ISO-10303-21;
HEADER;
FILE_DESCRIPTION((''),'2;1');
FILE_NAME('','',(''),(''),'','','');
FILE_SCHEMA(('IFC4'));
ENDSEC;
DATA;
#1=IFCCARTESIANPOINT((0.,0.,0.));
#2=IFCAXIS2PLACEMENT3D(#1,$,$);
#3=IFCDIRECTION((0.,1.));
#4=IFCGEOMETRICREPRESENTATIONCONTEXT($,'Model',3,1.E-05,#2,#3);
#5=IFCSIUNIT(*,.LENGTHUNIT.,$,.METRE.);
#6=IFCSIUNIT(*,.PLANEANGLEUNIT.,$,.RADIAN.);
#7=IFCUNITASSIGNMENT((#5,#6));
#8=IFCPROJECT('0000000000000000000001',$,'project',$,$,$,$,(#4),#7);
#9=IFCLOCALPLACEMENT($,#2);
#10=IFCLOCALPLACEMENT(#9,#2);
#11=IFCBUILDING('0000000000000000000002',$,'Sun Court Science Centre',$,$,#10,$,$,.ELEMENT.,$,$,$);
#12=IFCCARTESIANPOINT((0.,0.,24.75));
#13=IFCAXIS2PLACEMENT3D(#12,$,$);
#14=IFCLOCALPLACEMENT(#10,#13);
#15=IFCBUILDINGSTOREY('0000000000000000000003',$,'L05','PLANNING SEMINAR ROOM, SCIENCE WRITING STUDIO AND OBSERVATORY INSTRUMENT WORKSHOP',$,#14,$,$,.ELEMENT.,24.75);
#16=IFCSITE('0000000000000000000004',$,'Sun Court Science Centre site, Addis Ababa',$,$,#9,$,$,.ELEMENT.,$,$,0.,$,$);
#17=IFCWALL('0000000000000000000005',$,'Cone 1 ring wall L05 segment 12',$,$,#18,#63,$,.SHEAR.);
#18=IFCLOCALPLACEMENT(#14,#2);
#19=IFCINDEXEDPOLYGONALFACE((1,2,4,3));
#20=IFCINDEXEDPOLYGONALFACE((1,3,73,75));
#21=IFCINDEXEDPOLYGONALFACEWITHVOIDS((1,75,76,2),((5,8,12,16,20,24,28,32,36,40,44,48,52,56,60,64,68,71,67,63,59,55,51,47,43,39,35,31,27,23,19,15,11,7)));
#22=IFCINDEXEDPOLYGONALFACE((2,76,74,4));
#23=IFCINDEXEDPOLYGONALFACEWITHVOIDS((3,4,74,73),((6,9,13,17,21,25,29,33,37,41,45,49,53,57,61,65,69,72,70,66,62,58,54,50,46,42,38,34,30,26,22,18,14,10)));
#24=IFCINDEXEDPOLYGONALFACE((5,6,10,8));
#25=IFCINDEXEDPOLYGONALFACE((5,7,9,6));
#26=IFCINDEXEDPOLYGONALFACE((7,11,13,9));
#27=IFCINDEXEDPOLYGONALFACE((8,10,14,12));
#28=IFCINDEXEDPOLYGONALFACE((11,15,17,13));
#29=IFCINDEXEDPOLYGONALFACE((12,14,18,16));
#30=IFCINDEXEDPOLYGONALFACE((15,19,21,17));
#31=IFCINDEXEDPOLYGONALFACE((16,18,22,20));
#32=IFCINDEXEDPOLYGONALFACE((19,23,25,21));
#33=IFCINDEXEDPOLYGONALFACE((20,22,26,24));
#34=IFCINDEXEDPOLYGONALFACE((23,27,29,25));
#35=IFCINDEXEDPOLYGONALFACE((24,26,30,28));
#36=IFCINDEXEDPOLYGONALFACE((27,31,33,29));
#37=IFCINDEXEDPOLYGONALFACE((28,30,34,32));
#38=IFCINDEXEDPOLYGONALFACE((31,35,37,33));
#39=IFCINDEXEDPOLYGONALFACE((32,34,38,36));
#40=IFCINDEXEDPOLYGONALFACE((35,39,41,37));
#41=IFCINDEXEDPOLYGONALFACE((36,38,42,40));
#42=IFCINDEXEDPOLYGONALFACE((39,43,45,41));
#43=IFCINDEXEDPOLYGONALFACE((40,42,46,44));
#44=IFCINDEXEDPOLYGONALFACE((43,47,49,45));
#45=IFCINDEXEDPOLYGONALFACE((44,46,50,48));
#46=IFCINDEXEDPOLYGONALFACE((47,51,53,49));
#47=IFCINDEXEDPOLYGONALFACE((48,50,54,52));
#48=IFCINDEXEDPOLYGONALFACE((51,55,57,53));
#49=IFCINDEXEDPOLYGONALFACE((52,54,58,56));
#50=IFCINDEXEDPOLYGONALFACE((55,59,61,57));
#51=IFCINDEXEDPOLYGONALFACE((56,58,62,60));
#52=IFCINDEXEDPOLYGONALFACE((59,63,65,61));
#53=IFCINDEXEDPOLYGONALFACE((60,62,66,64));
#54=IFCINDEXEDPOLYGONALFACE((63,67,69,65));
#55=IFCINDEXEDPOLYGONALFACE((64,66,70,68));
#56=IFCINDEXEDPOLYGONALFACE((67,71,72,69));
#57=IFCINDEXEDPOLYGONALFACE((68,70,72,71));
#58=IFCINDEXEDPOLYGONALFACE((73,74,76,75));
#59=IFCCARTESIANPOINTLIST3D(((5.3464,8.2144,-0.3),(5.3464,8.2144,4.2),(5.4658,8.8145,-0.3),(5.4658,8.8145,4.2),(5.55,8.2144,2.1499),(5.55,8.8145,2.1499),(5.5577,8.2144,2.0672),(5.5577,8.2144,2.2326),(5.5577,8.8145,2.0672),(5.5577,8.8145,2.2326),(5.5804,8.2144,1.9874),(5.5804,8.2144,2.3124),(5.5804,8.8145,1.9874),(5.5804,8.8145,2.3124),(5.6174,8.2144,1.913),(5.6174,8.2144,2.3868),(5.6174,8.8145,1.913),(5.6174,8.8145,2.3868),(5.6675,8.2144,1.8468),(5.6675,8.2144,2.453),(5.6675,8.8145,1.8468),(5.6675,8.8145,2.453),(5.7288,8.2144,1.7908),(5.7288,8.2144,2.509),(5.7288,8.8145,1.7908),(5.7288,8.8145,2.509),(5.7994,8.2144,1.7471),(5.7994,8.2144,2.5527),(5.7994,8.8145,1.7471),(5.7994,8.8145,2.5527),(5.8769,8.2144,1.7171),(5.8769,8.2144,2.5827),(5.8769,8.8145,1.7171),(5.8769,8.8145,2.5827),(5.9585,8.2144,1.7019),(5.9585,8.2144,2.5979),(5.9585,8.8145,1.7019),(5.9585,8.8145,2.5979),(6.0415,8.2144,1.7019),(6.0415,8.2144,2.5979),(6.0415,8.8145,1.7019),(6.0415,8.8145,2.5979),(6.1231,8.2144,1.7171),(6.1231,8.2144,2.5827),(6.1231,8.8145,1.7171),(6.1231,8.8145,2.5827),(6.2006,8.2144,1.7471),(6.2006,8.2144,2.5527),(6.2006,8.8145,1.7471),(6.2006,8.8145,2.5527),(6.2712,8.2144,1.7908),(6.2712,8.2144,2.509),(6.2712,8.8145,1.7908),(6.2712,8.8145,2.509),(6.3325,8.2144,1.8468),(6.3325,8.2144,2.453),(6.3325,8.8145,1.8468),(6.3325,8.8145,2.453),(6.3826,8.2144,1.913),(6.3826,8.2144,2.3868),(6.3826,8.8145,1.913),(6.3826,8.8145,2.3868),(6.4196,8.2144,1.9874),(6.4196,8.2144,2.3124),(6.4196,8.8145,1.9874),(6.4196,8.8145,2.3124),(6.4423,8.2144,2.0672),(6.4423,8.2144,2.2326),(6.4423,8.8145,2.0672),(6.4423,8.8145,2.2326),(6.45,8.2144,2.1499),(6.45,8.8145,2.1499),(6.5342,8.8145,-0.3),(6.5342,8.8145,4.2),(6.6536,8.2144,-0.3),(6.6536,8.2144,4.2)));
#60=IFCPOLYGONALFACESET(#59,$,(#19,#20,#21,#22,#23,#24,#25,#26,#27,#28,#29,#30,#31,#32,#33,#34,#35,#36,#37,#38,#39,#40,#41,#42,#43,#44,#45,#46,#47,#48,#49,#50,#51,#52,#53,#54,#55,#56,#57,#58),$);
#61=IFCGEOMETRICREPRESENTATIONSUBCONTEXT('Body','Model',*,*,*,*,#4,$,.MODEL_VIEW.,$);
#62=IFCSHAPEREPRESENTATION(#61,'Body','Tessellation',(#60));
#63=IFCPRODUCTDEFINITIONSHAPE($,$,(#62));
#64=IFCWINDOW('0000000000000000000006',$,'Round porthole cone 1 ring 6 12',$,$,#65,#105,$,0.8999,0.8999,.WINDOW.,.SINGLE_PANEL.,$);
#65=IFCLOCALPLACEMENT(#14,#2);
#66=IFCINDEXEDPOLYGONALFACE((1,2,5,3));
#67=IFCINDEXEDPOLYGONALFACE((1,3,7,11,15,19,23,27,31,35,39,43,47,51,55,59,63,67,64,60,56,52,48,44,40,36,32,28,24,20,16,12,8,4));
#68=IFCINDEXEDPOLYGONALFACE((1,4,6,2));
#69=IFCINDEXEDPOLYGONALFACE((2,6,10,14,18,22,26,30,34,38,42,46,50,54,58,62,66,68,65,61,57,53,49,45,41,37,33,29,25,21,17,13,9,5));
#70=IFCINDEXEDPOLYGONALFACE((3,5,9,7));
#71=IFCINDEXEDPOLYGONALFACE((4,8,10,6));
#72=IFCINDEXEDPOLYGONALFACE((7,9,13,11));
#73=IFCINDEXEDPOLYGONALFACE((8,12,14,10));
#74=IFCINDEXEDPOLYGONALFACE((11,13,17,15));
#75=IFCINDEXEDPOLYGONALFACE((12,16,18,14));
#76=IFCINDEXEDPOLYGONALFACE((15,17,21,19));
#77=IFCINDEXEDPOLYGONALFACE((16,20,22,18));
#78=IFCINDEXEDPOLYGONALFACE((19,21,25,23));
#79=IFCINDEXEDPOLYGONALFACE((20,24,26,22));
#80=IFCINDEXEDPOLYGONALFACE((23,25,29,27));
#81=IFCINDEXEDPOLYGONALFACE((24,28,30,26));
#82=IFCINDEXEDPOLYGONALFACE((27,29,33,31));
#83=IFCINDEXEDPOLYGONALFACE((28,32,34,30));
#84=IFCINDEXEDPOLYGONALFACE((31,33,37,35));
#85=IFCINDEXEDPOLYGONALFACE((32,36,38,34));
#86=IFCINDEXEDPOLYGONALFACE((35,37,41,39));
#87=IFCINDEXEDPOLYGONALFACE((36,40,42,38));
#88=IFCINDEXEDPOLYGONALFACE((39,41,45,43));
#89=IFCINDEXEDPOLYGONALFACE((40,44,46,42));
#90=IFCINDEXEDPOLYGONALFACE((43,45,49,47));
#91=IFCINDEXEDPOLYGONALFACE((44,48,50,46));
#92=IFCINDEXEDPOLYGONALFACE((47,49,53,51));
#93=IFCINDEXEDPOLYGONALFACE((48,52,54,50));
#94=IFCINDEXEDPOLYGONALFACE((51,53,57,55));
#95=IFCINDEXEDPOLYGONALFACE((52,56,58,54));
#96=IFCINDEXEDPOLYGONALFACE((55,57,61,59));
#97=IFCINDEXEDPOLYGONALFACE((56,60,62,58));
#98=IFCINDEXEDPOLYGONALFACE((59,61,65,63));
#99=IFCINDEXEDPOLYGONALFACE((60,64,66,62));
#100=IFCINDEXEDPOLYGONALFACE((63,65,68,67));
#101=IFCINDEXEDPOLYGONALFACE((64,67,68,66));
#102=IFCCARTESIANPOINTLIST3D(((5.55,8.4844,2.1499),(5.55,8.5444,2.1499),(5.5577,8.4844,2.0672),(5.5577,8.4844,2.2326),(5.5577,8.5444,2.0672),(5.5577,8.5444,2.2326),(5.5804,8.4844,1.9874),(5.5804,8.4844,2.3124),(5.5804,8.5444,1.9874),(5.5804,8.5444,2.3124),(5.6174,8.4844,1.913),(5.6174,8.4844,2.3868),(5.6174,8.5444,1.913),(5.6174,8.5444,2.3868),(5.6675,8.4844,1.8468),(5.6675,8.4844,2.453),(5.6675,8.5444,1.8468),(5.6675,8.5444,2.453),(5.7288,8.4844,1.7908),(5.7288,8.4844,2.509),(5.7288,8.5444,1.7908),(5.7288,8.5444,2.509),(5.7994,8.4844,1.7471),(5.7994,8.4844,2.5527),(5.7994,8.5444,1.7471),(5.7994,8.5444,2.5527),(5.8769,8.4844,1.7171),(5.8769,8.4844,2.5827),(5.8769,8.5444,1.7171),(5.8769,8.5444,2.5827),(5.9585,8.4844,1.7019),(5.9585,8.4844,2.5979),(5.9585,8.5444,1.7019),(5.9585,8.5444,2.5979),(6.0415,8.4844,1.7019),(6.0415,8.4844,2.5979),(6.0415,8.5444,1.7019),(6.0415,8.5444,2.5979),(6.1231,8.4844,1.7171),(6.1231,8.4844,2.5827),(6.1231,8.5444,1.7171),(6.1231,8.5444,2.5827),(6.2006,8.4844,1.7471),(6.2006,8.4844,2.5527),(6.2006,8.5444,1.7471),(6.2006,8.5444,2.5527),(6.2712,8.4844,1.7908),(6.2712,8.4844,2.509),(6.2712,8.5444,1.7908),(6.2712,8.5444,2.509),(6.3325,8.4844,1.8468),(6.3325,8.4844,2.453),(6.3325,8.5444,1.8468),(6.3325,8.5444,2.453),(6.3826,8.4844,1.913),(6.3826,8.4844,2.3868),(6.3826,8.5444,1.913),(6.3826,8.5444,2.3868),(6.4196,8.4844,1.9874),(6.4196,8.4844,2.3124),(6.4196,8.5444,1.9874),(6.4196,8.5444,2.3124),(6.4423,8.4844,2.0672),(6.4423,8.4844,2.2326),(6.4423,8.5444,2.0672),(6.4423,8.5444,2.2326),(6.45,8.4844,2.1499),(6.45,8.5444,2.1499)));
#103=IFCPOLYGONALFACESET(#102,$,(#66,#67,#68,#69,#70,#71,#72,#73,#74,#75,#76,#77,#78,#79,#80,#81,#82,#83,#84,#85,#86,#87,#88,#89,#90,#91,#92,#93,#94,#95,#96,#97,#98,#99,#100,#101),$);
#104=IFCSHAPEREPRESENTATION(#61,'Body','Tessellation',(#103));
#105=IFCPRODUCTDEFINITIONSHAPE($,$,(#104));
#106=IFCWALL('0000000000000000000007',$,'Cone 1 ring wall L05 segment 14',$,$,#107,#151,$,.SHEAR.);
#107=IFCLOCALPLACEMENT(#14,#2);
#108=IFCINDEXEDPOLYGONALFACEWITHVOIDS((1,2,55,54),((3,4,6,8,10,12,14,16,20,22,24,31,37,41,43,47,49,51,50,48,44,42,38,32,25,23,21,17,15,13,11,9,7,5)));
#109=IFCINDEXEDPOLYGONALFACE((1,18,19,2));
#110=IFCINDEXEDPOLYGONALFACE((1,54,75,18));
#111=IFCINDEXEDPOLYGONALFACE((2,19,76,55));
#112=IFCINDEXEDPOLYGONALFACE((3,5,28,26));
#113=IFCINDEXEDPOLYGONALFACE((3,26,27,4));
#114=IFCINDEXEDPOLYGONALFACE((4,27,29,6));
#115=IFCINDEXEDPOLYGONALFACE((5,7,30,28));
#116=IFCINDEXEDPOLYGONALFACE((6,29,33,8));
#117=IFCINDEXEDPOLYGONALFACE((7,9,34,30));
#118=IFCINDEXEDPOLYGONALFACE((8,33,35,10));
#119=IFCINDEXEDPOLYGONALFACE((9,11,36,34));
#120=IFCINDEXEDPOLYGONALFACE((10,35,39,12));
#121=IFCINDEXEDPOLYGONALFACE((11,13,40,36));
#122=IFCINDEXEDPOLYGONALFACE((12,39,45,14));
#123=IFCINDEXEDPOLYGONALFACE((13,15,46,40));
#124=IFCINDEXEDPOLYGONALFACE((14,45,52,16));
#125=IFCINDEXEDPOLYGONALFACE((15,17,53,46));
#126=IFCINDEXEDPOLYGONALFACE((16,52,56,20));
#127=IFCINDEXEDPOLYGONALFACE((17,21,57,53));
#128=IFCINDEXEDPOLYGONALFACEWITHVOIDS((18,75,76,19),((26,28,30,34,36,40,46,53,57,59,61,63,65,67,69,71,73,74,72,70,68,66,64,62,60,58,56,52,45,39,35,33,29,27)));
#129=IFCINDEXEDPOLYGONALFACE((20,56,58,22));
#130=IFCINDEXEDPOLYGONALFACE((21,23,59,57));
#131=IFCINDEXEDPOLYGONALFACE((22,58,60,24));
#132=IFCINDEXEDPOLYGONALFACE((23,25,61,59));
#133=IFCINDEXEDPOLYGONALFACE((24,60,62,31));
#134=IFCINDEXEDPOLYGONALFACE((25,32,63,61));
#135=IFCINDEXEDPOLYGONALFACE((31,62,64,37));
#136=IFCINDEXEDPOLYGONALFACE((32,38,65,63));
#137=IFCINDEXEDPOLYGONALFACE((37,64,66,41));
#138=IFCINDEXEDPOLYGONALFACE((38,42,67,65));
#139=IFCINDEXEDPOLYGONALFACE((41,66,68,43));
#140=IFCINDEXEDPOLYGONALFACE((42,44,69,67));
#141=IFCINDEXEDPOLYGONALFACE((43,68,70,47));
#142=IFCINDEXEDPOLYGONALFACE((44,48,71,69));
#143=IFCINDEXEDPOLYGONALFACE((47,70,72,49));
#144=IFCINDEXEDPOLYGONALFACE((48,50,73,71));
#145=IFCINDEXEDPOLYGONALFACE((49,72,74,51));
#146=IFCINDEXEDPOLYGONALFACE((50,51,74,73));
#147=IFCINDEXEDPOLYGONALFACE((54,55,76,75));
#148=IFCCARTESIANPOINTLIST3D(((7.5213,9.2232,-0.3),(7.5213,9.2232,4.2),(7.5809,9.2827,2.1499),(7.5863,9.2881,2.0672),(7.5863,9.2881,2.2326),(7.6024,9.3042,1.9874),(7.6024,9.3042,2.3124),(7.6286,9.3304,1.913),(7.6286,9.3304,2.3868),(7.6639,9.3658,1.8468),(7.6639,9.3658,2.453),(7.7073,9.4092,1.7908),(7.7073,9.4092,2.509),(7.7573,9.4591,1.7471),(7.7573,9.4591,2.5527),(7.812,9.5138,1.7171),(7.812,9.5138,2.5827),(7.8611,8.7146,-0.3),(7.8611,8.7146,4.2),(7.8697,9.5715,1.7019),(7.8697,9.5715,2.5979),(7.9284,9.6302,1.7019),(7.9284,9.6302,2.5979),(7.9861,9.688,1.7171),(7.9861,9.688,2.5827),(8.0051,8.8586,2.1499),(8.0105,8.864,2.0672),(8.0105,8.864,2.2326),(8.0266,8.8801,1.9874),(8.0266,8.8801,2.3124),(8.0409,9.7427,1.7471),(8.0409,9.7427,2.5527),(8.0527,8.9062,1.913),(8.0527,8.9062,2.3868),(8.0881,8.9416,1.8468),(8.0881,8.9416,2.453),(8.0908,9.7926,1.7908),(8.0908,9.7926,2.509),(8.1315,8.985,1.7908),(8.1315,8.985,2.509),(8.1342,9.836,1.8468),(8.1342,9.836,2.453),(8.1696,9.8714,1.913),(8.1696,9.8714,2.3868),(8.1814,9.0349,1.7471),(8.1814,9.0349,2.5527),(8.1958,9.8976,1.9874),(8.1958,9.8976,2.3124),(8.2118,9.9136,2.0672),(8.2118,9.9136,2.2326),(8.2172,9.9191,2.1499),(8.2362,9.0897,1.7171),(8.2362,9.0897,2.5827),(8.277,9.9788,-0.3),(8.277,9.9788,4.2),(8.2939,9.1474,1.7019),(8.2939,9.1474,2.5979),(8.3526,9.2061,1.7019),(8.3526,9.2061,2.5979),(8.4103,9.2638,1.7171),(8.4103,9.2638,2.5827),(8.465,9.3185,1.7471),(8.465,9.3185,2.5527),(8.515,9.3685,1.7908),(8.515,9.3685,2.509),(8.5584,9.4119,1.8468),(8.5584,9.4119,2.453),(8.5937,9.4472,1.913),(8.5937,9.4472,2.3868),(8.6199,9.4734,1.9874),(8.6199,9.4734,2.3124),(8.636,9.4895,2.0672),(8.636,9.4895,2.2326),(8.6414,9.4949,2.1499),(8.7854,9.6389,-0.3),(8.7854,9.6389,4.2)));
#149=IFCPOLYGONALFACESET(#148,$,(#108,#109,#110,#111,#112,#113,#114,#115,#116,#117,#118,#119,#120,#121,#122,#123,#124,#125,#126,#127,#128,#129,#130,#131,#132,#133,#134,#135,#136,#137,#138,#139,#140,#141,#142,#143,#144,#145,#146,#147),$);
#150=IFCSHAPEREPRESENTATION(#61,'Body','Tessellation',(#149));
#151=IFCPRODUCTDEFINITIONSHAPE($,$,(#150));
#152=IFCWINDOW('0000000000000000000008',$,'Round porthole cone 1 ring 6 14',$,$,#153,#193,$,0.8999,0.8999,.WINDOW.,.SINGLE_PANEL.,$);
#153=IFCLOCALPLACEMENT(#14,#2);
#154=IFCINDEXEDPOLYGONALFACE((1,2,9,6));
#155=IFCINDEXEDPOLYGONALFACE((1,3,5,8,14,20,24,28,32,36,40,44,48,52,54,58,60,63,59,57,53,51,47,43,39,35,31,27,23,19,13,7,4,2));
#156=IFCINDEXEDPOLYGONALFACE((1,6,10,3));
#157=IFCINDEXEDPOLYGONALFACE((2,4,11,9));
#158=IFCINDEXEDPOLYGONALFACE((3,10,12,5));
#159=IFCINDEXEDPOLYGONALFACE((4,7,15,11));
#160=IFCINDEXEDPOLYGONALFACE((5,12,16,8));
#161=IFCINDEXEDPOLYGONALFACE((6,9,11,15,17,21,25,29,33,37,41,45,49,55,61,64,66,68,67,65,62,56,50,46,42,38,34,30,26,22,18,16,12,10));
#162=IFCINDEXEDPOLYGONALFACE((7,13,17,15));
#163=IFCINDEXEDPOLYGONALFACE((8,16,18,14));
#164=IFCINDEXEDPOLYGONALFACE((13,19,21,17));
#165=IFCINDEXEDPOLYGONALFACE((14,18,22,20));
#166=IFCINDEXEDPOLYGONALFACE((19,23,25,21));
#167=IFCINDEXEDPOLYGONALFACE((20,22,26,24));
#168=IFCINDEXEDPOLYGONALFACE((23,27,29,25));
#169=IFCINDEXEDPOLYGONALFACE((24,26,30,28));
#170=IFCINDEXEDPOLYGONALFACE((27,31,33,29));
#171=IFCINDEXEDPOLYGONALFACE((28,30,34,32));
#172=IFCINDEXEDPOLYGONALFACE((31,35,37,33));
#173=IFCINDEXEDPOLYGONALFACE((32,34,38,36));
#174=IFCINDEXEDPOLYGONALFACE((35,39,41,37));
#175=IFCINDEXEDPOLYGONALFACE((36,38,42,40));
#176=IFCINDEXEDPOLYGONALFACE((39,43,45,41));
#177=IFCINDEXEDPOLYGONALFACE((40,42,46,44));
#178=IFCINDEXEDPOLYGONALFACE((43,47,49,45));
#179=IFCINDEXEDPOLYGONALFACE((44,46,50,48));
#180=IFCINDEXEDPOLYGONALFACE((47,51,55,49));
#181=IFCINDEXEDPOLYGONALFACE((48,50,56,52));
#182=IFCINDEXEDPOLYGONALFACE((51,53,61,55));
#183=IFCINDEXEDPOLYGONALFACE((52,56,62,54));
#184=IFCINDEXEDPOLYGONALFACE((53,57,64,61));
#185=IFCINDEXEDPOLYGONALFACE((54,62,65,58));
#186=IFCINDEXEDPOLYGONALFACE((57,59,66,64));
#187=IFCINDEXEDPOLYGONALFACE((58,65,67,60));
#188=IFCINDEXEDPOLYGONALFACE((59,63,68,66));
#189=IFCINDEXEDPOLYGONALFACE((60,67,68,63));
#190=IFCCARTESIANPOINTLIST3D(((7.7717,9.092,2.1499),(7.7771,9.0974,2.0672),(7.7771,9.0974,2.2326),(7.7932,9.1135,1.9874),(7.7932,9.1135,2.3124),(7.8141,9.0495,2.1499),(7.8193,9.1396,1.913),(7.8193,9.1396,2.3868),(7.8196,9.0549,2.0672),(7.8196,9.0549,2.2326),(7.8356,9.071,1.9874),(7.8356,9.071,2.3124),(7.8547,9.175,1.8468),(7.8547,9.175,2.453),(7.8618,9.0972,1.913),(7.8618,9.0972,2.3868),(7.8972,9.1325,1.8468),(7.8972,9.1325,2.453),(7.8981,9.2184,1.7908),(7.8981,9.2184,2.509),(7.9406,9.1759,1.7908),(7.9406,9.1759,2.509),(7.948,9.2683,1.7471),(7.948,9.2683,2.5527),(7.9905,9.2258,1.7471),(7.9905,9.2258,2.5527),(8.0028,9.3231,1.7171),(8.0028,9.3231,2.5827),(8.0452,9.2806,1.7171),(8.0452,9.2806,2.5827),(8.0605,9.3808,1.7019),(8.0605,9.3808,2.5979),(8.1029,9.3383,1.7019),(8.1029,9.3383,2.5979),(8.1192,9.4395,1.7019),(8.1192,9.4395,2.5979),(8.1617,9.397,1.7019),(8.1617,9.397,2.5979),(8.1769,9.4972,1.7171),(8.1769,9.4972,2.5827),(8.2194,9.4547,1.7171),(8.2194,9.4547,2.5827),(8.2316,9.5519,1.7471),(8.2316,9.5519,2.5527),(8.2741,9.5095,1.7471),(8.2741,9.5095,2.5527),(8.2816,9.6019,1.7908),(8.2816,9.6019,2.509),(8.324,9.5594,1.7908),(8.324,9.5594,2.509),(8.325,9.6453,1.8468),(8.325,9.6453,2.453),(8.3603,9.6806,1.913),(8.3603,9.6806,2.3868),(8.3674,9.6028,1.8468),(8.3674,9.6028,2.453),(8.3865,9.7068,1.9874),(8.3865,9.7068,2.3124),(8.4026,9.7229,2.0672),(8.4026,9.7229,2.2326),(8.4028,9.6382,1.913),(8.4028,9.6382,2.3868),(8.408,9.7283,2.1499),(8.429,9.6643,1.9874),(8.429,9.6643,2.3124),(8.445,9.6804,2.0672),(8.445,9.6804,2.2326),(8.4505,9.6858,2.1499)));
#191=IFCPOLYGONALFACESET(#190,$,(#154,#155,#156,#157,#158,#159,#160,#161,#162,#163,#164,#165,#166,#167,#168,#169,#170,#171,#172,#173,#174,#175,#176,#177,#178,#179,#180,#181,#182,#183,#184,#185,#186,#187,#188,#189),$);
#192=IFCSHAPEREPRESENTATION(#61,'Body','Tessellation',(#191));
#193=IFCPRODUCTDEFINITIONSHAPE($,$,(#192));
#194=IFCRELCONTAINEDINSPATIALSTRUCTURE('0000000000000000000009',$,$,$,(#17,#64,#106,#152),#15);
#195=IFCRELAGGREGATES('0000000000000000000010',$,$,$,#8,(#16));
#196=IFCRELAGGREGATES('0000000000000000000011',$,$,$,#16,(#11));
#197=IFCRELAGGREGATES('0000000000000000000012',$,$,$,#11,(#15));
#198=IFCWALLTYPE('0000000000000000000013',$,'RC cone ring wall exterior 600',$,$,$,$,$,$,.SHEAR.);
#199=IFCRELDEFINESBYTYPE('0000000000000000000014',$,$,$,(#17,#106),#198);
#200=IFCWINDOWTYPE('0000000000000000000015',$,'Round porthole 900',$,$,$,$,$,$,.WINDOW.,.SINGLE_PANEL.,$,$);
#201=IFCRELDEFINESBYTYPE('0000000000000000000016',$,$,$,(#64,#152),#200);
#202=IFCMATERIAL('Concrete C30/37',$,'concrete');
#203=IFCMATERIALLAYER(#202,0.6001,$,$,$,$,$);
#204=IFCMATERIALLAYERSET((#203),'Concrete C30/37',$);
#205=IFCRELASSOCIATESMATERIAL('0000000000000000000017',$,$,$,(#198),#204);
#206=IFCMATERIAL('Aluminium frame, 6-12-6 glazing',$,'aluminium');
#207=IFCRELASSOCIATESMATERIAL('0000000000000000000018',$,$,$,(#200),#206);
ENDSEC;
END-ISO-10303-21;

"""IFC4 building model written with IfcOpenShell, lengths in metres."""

from ifc_helpers import new_model, si_unit, direction, frame, frame_2d, origin, place, context, subcontext, project, spatial, polyline, circle, outline, extrude, material, layer, layer_set, type_object, element, fill, save


model = new_model("IFC4")

# Units and contexts
model_context = context("Model", 3, precision=1e-05, world=origin(), true_north=direction((0.0, 1.0)))
body_context = subcontext(model_context, "Body", "Model", "MODEL_VIEW")
ifc_project = project(units=[si_unit("LENGTHUNIT", "METRE"), si_unit("PLANEANGLEUNIT", "RADIAN")], contexts=[model_context])

# Site, building, storey
site_placement = place(None, origin())
site = spatial("IfcSite", under=ifc_project, at=site_placement, Name="Sun Court Science Centre site, Addis Ababa", CompositionType="ELEMENT", RefElevation=0.0)
building_placement = place(site_placement, origin())
building = spatial("IfcBuilding", under=site, at=building_placement, Name="Sun Court Science Centre", CompositionType="ELEMENT")
storey_placement = place(building_placement, frame((0.0, 0.0, 24.75)))
storey = spatial("IfcBuildingStorey", under=building, at=storey_placement, Name="L05", Description="PLANNING SEMINAR ROOM, SCIENCE WRITING STUDIO AND OBSERVATORY INSTRUMENT WORKSHOP", CompositionType="ELEMENT", Elevation=24.75)

# Walls, openings, windows
ifc_material_1 = material(Name="Concrete C30/37", Category="concrete")
ifc_layer = layer(ifc_material_1, 0.6001)
ifc_layer_set = layer_set([ifc_layer], Name="Concrete C30/37")
wall_type = type_object("IfcWallType", Name="RC cone ring wall exterior 600", PredefinedType="SHEAR", material=ifc_layer_set)
ifc_material_2 = material(Name="Aluminium frame, 6-12-6 glazing", Category="aluminium")
window_type = type_object("IfcWindowType", Name="Round porthole 900", PartitioningType="SINGLE_PANEL", PredefinedType="WINDOW", material=ifc_material_2)
wall_1_placement = place(storey_placement, frame((5.3464, 8.5144, -0.3), z_axis=(0.0, 0.0, 1.0), x_axis=(1.0, 0.0, 0.0)))
wall_1 = element("IfcWall", 1, at=wall_1_placement, inside=storey, type_object=wall_type, Name="Cone 1 ring wall L05 segment 12", PredefinedType="SHEAR", context=body_context, shape_type="SweptSolid", body=[
    extrude(outline(polyline([(0.0, -0.3), (1.3071, -0.3), (1.1877, 0.3), (0.1194, 0.3), (0.0, -0.3)])), origin(), (0.0, 0.0, 1.0), 4.5),
])
opening_1_placement = place(wall_1_placement, frame((0.2036, 0.0, 2.0)))
opening_1 = element("IfcOpeningElement", 2, at=opening_1_placement, cuts=wall_1, PredefinedType="OPENING", context=body_context, shape_type="SweptSolid", body=[
    extrude(circle(Radius=0.45, at=frame_2d((0.45, 0.45))), frame((0.0, 0.3101, 0.0), z_axis=(0.0, -1.0, 0.0), x_axis=(1.0, 0.0, 0.0)), (0.0, 0.0, 1.0), 0.6201),
])
window_1_placement = place(opening_1_placement, origin())
window_1 = element("IfcWindow", 3, at=window_1_placement, inside=storey, type_object=window_type, Name="Round porthole cone 1 ring 6 12", OverallHeight=0.8999, OverallWidth=0.8999, PartitioningType="SINGLE_PANEL", PredefinedType="WINDOW", context=body_context, shape_type="SweptSolid", body=[
    extrude(circle(Radius=0.45, at=frame_2d((0.45, 0.45))), frame((0.0, 0.03, 0.0), z_axis=(0.0, -1.0, 0.0), x_axis=(1.0, 0.0, 0.0)), (0.0, 0.0, 1.0), 0.0601),
])
fill(opening_1, window_1)
wall_2_placement = place(storey_placement, frame((7.6489, 8.9268, -0.3), z_axis=(0.0, 0.0, 1.0), x_axis=(0.707107, 0.707107, 0.0)))
wall_2 = element("IfcWall", 4, at=wall_2_placement, inside=storey, type_object=wall_type, Name="Cone 1 ring wall L05 segment 14", PredefinedType="SHEAR", context=body_context, shape_type="SweptSolid", body=[
    extrude(outline(polyline([(0.0, -0.3), (1.3071, -0.3), (1.188, 0.2998), (0.1194, 0.2998), (0.0, -0.3)])), origin(), (0.0, 0.0, 1.0), 4.5),
])
opening_2_placement = place(wall_2_placement, frame((0.2036, 0.0, 2.0)))
opening_2 = element("IfcOpeningElement", 5, at=opening_2_placement, cuts=wall_2, PredefinedType="OPENING", context=body_context, shape_type="SweptSolid", body=[
    extrude(circle(Radius=0.45, at=frame_2d((0.45, 0.45))), frame((0.0, 0.3101, 0.0), z_axis=(0.0, -1.0, 0.0), x_axis=(1.0, 0.0, 0.0)), (0.0, 0.0, 1.0), 0.6201),
])
window_2_placement = place(opening_2_placement, origin())
window_2 = element("IfcWindow", 6, at=window_2_placement, inside=storey, type_object=window_type, Name="Round porthole cone 1 ring 6 14", OverallHeight=0.8999, OverallWidth=0.8999, PartitioningType="SINGLE_PANEL", PredefinedType="WINDOW", context=body_context, shape_type="SweptSolid", body=[
    extrude(circle(Radius=0.45, at=frame_2d((0.45, 0.45))), frame((0.0, 0.03, 0.0), z_axis=(0.0, -1.0, 0.0), x_axis=(1.0, 0.0, 0.0)), (0.0, 0.0, 1.0), 0.0601),
])
fill(opening_2, window_2)

save(model, "model.ifc")
